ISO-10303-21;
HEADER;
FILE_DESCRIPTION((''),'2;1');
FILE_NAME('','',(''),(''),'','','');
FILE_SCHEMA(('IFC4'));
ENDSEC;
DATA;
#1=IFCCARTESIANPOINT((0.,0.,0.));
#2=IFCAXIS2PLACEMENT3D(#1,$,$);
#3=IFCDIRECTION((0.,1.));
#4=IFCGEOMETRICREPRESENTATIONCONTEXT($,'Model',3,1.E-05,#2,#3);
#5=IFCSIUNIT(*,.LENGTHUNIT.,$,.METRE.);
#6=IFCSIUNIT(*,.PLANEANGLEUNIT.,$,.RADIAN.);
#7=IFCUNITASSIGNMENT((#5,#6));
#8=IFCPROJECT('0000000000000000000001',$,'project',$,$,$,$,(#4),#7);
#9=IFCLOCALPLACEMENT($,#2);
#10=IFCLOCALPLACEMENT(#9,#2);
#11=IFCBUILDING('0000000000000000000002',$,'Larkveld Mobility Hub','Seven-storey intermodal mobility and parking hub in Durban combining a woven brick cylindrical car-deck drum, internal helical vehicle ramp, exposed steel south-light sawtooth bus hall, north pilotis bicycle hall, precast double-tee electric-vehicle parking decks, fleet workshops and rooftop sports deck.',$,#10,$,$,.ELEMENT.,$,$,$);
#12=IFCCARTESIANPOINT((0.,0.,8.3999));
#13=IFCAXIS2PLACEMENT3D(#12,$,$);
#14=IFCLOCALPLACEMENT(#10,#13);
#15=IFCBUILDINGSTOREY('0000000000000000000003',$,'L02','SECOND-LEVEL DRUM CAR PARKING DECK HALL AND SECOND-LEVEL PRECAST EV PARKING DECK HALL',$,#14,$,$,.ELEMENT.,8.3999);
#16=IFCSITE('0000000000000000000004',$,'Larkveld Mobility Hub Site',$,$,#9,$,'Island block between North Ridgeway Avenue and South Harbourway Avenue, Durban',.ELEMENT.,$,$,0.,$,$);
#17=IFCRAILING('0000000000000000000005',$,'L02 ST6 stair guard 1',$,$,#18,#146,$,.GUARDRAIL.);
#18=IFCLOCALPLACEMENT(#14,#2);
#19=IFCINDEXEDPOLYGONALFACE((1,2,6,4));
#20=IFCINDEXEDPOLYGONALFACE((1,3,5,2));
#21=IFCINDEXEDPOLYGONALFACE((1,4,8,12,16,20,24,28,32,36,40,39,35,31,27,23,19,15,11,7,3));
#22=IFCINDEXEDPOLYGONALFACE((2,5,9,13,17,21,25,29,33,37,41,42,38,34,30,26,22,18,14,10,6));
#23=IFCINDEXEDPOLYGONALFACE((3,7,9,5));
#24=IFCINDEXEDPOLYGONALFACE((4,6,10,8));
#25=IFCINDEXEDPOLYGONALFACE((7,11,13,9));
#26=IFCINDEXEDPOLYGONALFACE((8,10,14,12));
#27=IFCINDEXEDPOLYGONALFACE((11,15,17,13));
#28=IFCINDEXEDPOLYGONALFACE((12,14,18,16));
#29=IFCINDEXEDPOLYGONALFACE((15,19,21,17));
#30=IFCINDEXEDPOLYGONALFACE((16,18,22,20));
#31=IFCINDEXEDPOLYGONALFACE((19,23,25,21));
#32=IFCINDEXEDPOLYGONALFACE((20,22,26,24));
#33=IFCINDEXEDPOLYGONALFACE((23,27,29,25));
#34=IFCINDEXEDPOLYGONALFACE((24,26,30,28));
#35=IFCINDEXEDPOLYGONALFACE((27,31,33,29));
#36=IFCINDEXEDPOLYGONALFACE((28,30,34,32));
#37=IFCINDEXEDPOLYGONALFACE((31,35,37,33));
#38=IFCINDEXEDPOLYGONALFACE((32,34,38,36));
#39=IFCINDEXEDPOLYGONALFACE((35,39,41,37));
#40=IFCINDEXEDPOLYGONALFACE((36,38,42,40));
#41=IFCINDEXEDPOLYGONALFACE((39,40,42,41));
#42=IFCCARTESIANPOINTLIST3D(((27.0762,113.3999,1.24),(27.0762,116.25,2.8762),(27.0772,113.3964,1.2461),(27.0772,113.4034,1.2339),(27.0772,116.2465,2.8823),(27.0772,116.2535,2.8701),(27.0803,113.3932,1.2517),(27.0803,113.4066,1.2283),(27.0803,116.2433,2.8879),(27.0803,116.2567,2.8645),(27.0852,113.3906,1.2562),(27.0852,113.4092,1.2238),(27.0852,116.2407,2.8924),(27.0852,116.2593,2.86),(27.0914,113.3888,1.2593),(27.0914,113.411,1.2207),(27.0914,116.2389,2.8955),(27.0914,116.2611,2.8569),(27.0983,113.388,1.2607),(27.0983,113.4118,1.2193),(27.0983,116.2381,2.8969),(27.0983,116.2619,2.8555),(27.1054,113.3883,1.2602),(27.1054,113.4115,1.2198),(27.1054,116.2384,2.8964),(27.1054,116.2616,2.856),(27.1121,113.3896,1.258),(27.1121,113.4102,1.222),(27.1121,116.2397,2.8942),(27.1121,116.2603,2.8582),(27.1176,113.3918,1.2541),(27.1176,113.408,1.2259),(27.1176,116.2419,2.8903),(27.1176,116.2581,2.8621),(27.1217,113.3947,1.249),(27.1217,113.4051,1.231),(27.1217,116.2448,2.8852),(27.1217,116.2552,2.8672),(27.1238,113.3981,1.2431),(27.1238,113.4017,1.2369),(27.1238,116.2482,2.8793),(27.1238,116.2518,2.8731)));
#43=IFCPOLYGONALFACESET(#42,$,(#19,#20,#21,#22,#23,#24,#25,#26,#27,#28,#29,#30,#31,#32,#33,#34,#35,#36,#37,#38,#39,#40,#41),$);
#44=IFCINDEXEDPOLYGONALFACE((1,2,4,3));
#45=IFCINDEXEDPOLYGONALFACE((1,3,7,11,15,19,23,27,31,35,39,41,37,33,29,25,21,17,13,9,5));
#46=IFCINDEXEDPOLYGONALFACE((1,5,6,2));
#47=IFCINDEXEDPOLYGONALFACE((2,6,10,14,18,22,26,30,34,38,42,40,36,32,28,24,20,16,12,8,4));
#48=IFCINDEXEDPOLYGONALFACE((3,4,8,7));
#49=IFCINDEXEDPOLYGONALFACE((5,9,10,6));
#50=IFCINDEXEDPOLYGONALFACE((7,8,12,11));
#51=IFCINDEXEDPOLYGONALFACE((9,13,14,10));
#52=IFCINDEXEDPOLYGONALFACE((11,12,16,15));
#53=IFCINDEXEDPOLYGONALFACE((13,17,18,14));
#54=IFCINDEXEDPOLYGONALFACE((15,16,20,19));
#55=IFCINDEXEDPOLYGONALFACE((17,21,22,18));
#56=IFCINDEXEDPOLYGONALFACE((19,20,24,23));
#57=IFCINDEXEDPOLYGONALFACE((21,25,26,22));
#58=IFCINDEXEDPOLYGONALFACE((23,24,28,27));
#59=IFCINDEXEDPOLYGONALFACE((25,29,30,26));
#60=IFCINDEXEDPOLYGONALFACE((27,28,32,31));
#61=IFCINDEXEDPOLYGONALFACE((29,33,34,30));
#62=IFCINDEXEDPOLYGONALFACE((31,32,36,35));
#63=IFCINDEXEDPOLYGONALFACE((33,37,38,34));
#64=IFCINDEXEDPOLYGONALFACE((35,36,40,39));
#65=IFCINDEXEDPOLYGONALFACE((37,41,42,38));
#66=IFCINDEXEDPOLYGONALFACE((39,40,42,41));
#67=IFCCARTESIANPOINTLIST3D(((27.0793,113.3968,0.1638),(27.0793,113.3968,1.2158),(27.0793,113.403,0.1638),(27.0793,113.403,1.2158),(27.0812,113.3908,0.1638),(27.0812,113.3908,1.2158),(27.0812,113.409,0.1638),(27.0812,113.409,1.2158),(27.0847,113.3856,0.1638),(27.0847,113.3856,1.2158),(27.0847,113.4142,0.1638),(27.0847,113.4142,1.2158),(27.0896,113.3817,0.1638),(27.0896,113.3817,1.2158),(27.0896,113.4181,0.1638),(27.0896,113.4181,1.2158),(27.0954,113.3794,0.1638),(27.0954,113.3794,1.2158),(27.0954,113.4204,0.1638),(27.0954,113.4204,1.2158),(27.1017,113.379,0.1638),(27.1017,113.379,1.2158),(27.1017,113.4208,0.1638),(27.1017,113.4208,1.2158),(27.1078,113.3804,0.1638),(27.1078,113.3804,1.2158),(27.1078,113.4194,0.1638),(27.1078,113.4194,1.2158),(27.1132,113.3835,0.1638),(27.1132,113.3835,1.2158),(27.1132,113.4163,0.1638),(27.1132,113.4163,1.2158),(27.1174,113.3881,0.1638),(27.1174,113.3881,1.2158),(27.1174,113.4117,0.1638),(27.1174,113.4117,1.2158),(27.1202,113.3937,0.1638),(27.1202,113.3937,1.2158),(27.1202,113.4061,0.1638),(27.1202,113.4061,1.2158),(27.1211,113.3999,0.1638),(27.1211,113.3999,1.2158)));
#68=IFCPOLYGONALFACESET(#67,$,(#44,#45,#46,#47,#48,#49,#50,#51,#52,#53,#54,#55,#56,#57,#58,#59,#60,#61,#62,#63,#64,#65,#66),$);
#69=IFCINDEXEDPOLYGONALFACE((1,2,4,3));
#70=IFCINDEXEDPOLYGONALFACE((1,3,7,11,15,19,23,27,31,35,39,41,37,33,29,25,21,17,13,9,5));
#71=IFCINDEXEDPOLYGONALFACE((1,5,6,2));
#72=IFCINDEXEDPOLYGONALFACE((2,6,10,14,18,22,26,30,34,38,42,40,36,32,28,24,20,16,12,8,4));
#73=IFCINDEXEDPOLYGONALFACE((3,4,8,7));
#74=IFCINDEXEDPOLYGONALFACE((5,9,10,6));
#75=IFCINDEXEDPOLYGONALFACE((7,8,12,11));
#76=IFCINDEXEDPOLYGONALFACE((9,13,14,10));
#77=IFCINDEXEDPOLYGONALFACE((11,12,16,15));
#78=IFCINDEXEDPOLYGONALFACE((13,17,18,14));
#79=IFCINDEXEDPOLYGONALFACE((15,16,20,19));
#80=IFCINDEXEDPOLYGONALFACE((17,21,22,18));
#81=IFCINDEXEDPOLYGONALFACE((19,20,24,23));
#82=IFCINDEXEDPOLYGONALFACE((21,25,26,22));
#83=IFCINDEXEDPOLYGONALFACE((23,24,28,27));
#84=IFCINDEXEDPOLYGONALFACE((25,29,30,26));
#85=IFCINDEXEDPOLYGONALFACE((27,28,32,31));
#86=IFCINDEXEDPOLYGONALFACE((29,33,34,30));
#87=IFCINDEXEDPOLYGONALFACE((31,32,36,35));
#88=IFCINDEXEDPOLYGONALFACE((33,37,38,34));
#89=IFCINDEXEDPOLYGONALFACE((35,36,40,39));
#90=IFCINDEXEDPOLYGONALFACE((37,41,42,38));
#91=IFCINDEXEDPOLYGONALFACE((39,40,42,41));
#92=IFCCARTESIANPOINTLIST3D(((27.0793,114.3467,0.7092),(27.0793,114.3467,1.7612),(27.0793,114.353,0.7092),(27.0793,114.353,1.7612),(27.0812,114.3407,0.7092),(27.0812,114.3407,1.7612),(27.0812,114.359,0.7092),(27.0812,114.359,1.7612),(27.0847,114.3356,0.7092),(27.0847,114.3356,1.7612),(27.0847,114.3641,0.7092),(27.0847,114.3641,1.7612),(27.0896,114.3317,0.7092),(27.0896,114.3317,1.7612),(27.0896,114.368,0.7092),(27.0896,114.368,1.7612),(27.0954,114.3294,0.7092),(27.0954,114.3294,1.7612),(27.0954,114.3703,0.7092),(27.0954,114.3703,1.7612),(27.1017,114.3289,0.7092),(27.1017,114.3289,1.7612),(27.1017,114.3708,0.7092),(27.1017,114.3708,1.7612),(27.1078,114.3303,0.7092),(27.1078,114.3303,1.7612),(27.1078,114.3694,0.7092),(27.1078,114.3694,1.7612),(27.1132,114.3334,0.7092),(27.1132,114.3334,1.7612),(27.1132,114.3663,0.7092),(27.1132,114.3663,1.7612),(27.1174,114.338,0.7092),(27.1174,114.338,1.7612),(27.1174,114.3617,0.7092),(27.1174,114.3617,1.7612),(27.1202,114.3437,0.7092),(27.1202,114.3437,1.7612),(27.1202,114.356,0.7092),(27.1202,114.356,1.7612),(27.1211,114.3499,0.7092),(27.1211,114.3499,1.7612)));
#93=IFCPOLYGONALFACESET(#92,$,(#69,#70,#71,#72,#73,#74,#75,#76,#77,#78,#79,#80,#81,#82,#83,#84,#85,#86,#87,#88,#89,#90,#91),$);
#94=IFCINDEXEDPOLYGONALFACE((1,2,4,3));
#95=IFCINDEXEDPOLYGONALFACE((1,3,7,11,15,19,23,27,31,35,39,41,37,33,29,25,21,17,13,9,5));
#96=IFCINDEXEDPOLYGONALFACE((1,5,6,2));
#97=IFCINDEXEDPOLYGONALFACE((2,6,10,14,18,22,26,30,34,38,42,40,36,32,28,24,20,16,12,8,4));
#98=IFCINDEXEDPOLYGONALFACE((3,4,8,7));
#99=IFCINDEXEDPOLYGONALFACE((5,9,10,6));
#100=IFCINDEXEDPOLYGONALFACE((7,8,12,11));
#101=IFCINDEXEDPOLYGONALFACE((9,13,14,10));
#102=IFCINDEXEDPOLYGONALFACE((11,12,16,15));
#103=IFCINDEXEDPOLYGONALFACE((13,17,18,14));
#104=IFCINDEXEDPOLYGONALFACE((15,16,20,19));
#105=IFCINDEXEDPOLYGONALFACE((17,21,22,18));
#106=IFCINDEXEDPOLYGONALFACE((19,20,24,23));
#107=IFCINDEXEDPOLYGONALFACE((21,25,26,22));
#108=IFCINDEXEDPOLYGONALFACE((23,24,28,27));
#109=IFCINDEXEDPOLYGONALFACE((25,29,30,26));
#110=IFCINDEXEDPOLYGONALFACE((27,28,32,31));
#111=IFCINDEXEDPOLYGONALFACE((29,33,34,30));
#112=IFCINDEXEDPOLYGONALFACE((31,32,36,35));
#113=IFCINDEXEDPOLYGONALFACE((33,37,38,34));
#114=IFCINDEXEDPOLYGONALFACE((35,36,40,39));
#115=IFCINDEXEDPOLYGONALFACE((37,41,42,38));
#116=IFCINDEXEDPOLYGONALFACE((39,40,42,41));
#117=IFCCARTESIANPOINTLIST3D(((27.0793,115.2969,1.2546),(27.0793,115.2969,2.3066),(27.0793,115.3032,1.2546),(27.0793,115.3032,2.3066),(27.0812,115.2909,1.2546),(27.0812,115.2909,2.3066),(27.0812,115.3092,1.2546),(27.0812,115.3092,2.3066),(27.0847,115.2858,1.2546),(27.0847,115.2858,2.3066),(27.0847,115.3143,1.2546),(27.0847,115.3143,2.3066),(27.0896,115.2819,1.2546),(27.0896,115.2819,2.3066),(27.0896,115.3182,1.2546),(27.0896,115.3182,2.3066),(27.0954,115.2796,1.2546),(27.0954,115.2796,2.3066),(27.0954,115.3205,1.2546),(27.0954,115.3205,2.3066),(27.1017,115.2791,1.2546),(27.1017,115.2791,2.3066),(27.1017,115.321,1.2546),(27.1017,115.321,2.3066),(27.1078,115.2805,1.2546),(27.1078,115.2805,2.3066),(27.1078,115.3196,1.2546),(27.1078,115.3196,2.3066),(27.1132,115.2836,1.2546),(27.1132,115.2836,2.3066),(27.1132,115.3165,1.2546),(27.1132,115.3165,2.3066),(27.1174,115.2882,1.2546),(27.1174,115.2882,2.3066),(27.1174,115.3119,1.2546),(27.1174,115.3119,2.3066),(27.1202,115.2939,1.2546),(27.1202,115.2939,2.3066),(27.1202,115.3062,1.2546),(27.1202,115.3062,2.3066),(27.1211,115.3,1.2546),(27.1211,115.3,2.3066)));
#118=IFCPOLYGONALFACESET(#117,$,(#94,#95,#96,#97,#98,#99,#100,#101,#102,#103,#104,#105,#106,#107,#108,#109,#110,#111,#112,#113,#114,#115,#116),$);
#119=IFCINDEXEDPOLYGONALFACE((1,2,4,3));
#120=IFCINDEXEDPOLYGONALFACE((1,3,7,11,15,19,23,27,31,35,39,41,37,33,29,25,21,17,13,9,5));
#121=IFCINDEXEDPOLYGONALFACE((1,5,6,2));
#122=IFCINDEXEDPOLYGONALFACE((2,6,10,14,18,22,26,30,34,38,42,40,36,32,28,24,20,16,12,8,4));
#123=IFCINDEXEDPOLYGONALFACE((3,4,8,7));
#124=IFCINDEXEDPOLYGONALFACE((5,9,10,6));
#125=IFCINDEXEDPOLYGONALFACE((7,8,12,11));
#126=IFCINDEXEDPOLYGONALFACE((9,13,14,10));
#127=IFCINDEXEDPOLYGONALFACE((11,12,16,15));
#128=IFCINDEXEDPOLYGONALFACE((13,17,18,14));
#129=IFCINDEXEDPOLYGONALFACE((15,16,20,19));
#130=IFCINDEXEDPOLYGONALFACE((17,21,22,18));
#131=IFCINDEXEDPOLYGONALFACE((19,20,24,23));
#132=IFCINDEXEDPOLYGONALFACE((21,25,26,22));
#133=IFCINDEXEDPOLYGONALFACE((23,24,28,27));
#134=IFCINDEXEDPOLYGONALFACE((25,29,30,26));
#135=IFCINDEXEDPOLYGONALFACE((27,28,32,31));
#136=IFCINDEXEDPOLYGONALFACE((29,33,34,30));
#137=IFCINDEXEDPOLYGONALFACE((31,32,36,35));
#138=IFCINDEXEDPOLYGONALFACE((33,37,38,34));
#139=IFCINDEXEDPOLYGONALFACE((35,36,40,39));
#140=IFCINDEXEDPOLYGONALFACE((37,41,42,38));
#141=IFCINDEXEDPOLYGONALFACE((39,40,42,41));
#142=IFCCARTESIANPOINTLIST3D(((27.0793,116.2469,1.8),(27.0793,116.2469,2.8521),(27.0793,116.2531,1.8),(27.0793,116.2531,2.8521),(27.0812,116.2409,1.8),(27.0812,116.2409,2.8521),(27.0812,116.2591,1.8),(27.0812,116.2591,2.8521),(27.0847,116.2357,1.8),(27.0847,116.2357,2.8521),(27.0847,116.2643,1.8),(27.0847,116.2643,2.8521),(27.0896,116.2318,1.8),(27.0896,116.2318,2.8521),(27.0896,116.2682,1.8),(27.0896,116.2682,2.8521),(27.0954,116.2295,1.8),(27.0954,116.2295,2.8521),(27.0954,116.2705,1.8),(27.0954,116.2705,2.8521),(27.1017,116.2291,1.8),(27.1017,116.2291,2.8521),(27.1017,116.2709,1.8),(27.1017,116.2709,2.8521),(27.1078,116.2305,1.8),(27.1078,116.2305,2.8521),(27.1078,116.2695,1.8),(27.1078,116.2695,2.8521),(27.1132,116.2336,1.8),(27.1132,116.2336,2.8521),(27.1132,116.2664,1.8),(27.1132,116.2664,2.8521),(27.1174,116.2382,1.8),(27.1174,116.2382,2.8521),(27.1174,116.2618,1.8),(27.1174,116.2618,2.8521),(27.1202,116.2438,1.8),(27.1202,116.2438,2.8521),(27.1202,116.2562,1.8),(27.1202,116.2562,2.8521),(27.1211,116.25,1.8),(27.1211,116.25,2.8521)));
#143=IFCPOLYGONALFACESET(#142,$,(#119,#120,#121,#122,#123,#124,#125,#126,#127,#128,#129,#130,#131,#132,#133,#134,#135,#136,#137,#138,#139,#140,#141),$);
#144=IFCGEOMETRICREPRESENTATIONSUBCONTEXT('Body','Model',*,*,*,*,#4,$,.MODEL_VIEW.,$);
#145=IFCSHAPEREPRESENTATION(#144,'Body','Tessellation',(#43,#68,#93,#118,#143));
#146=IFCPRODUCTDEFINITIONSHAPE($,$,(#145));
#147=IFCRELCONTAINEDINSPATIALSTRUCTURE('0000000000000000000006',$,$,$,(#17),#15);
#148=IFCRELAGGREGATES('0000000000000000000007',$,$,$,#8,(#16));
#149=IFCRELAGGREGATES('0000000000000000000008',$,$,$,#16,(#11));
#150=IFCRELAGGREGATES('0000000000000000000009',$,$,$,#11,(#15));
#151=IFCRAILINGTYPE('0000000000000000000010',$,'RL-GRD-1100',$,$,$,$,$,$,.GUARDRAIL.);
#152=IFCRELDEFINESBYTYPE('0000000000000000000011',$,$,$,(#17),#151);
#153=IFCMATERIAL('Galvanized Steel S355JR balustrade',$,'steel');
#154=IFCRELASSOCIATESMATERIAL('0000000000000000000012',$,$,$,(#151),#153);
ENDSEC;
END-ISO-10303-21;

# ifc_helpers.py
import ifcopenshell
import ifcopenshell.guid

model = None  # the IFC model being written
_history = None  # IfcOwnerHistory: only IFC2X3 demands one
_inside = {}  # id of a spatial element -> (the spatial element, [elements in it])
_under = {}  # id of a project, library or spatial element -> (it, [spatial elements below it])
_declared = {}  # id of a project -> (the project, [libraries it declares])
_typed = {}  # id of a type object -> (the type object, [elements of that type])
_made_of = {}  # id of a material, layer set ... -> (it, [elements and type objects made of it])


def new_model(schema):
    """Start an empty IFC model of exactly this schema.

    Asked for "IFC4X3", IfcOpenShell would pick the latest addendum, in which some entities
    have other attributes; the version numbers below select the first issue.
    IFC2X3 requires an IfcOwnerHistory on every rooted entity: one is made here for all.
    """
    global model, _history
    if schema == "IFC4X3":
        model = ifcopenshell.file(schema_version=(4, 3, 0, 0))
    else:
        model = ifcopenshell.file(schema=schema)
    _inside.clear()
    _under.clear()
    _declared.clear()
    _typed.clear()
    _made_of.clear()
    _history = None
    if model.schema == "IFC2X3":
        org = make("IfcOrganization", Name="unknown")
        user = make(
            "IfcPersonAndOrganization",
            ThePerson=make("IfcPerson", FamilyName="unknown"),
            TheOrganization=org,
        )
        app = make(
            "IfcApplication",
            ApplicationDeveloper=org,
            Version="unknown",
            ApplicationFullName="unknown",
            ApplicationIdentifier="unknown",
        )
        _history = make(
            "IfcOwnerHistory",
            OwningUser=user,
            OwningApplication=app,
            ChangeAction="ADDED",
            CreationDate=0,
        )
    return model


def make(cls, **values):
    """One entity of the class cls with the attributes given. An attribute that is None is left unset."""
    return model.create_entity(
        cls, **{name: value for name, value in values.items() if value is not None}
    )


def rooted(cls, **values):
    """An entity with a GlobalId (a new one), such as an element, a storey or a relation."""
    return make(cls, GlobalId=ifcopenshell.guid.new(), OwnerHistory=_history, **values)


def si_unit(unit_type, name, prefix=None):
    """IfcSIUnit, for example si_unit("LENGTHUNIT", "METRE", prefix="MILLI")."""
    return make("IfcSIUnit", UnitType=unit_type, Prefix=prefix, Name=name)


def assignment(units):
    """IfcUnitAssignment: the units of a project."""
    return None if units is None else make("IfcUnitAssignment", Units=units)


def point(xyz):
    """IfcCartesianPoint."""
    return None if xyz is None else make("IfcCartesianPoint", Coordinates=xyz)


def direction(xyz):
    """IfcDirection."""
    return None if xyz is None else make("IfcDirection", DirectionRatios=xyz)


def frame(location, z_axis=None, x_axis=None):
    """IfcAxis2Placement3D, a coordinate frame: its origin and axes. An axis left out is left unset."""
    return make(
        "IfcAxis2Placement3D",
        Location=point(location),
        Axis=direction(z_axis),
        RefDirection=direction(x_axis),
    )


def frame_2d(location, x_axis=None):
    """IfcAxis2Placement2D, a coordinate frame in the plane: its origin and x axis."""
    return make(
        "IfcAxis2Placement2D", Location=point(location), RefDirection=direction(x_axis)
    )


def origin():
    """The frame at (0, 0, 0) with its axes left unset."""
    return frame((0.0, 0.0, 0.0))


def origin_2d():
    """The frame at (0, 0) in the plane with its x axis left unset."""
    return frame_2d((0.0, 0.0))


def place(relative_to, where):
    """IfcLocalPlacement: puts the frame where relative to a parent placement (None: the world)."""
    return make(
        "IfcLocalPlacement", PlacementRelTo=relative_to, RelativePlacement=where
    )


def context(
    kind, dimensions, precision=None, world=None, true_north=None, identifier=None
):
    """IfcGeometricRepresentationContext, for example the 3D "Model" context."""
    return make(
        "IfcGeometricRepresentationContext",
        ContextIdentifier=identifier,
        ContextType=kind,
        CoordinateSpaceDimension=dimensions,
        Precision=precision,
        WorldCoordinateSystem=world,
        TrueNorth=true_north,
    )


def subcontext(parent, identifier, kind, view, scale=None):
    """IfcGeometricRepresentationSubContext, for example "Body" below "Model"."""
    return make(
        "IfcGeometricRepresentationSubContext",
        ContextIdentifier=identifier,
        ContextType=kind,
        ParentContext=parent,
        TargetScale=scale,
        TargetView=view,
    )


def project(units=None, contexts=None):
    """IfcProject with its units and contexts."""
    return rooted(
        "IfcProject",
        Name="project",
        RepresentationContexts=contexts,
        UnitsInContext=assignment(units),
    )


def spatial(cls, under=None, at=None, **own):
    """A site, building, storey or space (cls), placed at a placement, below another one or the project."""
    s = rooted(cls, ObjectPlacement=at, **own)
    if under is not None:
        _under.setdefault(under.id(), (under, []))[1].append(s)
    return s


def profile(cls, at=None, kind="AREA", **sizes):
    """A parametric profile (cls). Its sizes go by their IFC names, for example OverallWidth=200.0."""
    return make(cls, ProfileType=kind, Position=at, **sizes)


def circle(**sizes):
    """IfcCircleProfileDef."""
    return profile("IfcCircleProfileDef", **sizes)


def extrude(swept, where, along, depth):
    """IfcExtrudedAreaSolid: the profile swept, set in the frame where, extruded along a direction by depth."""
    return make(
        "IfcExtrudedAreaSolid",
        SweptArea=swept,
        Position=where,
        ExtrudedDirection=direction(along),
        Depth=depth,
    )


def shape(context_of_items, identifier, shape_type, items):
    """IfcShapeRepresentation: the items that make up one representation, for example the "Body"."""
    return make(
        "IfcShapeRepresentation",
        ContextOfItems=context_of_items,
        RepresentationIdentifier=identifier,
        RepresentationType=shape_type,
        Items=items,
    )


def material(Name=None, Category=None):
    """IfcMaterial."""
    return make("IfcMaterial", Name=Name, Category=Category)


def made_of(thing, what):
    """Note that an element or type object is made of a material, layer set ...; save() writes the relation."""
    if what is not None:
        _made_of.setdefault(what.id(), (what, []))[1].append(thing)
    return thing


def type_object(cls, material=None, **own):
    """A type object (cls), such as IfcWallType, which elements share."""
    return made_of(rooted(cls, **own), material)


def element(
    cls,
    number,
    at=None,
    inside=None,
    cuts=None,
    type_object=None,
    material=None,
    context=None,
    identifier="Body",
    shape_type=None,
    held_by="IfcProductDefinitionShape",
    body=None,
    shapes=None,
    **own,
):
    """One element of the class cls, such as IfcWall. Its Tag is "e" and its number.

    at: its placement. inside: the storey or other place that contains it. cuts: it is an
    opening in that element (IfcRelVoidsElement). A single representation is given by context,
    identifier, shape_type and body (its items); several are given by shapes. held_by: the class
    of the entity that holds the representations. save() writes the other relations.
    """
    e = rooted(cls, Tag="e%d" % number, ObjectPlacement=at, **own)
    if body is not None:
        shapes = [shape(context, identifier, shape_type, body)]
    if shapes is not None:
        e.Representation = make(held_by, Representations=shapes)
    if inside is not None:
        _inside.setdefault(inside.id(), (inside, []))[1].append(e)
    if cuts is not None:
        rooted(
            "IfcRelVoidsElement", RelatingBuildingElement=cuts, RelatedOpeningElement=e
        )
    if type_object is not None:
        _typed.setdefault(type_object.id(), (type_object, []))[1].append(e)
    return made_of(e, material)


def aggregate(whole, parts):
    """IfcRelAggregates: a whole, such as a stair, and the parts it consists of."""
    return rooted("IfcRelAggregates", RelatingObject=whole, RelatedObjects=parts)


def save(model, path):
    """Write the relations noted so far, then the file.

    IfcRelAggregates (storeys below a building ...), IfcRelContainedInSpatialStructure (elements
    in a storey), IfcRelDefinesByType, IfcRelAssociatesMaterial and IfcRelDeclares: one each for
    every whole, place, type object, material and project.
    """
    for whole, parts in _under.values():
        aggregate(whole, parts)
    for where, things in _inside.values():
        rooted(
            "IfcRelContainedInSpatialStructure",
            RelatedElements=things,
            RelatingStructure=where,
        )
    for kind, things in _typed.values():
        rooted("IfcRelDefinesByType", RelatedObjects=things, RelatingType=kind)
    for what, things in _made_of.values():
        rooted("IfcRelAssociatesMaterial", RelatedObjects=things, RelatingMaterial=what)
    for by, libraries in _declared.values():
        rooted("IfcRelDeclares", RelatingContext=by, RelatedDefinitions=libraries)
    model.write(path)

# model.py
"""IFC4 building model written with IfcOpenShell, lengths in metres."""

from ifc_helpers import new_model, si_unit, direction, frame, origin, origin_2d, place, context, subcontext, project, spatial, circle, extrude, material, type_object, element, save


model = new_model("IFC4")

# Units and contexts
model_context = context("Model", 3, precision=1e-05, world=origin(), true_north=direction((0.0, 1.0)))
body_context = subcontext(model_context, "Body", "Model", "MODEL_VIEW")
ifc_project = project(units=[si_unit("LENGTHUNIT", "METRE"), si_unit("PLANEANGLEUNIT", "RADIAN")], contexts=[model_context])

# Site, building, storey
site_placement = place(None, origin())
site = spatial("IfcSite", under=ifc_project, at=site_placement, Name="Larkveld Mobility Hub Site", LongName="Island block between North Ridgeway Avenue and South Harbourway Avenue, Durban", CompositionType="ELEMENT", RefElevation=0.0)
building_placement = place(site_placement, origin())
building = spatial("IfcBuilding", under=site, at=building_placement, Name="Larkveld Mobility Hub", Description="Seven-storey intermodal mobility and parking hub in Durban combining a woven brick cylindrical car-deck drum, internal helical vehicle ramp, exposed steel south-light sawtooth bus hall, north pilotis bicycle hall, precast double-tee electric-vehicle parking decks, fleet workshops and rooftop sports deck.", CompositionType="ELEMENT")
storey_placement = place(building_placement, frame((0.0, 0.0, 8.3999)))
storey = spatial("IfcBuildingStorey", under=building, at=storey_placement, Name="L02", Description="SECOND-LEVEL DRUM CAR PARKING DECK HALL AND SECOND-LEVEL PRECAST EV PARKING DECK HALL", CompositionType="ELEMENT", Elevation=8.3999)

# Railing
ifc_material_1 = material(Name="Galvanized Steel S355JR balustrade", Category="steel")
railing_type_1 = type_object("IfcRailingType", Name="RL-GRD-1100", PredefinedType="GUARDRAIL", material=ifc_material_1)
railing_1_placement = place(storey_placement, frame((27.1001, 113.3999, 0.1638)))
element("IfcRailing", 1, at=railing_1_placement, inside=storey, type_object=railing_type_1, Name="L02 ST6 stair guard 1", PredefinedType="GUARDRAIL", context=body_context, shape_type="SweptSolid", body=[
    extrude(circle(Radius=0.0239, at=origin_2d()), frame((0.0, 0.0, 1.0762), z_axis=(0.0, 0.867245, 0.497882), x_axis=(-1.0, 0.0, 0.0)), (0.0, 0.0, 1.0), 3.2864),
    extrude(circle(Radius=0.021, at=origin_2d()), origin(), (0.0, 0.0, 1.0), 1.052),
    extrude(circle(Radius=0.021, at=origin_2d()), frame((0.0, 0.95, 0.5454)), (0.0, 0.0, 1.0), 1.052),
    extrude(circle(Radius=0.021, at=origin_2d()), frame((0.0, 1.9001, 1.0908)), (0.0, 0.0, 1.0), 1.052),
    extrude(circle(Radius=0.021, at=origin_2d()), frame((0.0, 2.8501, 1.6362)), (0.0, 0.0, 1.0), 1.052),
])

save(model, "model.ifc")
